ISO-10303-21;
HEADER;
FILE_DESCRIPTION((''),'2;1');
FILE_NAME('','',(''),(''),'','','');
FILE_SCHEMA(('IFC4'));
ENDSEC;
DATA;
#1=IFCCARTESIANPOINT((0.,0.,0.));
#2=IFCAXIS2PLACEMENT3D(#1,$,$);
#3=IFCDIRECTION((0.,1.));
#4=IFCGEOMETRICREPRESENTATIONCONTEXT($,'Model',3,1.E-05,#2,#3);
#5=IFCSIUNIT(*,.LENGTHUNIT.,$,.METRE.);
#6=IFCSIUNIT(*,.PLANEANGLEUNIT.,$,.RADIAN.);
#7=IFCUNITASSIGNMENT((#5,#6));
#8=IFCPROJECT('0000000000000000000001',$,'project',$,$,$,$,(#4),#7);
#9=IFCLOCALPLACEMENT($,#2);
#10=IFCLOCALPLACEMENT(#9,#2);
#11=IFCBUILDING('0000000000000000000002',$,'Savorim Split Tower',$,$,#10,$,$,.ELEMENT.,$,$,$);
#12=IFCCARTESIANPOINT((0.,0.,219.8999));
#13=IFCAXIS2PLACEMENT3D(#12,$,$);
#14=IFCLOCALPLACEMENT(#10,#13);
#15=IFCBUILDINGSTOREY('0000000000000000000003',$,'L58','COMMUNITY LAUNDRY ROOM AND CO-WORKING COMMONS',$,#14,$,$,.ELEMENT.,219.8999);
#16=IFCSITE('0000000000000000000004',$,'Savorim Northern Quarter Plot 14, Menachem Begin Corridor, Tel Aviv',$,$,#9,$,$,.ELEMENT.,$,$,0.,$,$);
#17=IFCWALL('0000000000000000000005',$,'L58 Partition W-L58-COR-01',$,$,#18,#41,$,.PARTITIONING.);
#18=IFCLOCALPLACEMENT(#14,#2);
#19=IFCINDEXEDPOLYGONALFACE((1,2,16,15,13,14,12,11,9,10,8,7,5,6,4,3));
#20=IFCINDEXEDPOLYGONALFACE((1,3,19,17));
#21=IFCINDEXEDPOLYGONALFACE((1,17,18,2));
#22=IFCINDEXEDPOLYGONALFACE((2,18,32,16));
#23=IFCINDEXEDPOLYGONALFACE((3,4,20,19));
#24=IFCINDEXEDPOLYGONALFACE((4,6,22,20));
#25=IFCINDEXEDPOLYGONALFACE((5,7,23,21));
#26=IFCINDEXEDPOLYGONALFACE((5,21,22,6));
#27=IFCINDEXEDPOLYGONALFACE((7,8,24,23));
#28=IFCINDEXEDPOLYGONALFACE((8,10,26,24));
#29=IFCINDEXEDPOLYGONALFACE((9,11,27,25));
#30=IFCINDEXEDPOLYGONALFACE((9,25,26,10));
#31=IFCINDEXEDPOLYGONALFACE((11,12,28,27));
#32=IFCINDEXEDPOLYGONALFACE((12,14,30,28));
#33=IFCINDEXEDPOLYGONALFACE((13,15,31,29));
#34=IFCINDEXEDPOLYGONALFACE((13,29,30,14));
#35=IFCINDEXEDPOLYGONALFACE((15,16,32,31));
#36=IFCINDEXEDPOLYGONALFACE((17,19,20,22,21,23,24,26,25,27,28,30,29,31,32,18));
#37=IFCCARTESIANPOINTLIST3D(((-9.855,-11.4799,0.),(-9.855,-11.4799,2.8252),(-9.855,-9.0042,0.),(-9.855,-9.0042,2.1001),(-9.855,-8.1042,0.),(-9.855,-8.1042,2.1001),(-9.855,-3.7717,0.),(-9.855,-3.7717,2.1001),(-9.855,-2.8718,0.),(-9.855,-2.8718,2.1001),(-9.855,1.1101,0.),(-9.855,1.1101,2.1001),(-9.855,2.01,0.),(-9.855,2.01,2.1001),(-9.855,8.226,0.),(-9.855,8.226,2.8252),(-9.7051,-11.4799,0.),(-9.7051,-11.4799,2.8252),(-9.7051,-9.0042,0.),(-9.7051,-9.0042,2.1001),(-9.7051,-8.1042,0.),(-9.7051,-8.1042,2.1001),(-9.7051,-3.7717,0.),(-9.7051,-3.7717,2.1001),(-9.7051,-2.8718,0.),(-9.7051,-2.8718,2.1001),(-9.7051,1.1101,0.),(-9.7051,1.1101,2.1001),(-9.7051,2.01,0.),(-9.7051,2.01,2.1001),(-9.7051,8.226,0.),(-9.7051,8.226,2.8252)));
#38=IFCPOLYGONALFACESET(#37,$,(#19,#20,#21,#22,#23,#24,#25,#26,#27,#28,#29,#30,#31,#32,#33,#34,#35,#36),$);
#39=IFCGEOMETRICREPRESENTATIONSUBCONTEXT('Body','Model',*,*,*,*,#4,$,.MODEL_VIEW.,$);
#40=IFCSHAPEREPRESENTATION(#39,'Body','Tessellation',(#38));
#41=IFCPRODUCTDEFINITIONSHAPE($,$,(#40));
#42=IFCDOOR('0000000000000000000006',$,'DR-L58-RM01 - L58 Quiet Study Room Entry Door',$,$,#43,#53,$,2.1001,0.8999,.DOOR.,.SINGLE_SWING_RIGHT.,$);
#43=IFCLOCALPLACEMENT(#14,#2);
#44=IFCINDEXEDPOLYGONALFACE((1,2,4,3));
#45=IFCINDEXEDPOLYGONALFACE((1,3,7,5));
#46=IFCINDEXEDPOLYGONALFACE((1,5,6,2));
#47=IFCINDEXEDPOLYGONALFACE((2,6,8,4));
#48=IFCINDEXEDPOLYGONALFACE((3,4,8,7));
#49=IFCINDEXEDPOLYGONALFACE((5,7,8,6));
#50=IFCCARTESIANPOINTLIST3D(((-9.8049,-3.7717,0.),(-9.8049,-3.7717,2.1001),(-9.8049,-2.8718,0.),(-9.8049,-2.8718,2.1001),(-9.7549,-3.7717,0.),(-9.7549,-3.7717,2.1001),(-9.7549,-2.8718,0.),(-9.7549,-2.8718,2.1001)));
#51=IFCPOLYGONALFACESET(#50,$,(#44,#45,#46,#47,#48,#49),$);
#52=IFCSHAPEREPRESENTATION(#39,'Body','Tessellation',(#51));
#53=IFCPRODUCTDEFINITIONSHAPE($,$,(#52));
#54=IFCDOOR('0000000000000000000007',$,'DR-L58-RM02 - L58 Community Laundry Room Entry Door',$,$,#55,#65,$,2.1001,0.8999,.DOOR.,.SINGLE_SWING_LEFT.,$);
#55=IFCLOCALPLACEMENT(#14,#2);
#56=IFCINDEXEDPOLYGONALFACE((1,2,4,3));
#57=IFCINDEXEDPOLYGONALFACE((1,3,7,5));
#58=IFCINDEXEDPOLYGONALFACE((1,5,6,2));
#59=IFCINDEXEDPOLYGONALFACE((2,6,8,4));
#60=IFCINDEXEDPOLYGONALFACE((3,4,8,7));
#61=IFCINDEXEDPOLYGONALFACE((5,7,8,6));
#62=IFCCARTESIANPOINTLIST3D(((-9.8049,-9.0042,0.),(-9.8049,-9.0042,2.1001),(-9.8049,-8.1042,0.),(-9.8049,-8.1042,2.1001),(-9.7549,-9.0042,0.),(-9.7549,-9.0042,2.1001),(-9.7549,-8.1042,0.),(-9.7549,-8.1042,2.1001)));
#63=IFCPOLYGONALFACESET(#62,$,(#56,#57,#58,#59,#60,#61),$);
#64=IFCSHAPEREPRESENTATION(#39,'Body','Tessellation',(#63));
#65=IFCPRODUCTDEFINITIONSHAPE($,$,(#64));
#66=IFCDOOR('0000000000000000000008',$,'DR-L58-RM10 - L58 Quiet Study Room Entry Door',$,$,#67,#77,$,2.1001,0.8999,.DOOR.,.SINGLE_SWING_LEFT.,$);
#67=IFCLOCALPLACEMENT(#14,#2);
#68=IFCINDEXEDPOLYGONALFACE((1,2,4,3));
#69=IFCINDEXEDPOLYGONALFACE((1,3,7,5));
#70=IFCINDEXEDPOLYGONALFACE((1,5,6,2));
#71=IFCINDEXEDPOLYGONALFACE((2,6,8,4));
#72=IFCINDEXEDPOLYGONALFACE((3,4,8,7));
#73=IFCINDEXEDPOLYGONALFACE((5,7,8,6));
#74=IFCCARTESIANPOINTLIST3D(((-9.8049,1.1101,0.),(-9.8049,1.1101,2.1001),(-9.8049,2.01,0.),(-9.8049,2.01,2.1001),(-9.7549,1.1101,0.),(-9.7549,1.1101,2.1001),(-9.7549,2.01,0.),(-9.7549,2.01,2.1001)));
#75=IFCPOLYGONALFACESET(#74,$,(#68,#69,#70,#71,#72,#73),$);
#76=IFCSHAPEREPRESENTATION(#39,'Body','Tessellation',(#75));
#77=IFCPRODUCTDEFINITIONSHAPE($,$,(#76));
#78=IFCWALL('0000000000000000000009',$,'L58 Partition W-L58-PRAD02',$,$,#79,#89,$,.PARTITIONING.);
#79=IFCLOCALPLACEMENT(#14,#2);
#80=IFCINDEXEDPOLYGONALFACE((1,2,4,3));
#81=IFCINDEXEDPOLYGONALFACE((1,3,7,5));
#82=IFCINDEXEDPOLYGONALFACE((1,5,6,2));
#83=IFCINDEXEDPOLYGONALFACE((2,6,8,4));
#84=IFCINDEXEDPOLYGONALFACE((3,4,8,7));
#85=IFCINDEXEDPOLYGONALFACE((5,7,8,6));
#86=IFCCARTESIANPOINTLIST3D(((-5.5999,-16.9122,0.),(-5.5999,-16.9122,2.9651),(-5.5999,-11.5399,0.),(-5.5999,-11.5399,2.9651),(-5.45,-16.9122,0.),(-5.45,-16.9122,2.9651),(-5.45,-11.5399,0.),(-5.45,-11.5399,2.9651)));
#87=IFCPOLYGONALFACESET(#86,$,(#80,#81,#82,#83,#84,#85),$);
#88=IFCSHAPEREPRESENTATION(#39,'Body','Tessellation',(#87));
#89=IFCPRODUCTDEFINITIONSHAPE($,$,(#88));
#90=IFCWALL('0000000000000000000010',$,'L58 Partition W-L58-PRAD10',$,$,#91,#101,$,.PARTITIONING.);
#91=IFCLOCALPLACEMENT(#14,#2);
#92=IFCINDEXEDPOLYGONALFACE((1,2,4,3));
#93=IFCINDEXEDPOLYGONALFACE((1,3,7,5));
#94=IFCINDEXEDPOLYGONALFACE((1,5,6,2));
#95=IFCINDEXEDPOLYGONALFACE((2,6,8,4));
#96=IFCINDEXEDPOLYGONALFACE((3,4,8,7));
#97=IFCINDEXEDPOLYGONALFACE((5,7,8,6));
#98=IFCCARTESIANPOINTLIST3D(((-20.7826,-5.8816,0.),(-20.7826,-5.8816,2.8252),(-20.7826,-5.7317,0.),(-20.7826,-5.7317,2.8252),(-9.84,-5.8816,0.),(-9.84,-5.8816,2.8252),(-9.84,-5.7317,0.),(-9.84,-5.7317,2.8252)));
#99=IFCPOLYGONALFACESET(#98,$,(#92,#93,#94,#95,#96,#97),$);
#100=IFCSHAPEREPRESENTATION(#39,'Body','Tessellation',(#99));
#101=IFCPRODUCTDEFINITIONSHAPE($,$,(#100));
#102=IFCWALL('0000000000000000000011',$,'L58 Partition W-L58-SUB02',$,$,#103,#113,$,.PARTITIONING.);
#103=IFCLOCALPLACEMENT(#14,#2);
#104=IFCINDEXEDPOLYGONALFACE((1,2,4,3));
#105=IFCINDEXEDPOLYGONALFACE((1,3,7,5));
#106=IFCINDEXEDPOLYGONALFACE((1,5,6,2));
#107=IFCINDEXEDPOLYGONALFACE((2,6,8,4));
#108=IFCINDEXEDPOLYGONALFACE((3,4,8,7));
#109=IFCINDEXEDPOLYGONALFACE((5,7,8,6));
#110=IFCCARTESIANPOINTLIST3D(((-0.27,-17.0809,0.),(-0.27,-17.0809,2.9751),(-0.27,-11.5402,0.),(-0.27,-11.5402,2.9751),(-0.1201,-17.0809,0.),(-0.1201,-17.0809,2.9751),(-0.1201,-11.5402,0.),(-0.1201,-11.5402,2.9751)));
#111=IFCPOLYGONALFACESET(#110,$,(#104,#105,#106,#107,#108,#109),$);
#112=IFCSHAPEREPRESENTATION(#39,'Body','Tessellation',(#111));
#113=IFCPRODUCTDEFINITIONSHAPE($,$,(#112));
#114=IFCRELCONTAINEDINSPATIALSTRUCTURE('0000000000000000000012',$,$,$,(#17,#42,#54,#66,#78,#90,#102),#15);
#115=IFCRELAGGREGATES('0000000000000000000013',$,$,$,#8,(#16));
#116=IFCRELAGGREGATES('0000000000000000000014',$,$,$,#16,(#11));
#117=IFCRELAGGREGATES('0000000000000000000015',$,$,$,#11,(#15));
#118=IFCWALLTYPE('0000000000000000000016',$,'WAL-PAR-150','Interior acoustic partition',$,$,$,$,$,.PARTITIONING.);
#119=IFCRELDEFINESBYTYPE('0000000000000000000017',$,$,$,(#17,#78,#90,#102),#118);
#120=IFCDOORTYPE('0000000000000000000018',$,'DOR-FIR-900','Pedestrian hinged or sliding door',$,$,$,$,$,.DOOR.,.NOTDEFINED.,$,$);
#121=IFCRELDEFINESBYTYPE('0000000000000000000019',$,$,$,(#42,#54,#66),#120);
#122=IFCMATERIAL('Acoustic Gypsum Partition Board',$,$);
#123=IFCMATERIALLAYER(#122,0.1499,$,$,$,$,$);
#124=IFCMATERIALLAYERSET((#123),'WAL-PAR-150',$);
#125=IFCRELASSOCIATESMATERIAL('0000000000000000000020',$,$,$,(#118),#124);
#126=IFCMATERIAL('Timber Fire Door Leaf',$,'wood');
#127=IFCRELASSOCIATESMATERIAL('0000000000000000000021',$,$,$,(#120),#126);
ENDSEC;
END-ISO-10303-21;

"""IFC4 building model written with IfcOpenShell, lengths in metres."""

from ifc_helpers import new_model, si_unit, direction, frame, frame_2d, origin, place, context, subcontext, project, spatial, rectangle, extrude, material, layer, layer_set, type_object, element, fill, save


model = new_model("IFC4")

# Units and contexts
model_context = context("Model", 3, precision=1e-05, world=origin(), true_north=direction((0.0, 1.0)))
body_context = subcontext(model_context, "Body", "Model", "MODEL_VIEW")
ifc_project = project(units=[si_unit("LENGTHUNIT", "METRE"), si_unit("PLANEANGLEUNIT", "RADIAN")], contexts=[model_context])

# Site, building, storey
site_placement = place(None, origin())
site = spatial("IfcSite", under=ifc_project, at=site_placement, Name="Savorim Northern Quarter Plot 14, Menachem Begin Corridor, Tel Aviv", CompositionType="ELEMENT", RefElevation=0.0)
building_placement = place(site_placement, origin())
building = spatial("IfcBuilding", under=site, at=building_placement, Name="Savorim Split Tower", CompositionType="ELEMENT")
storey_placement = place(building_placement, frame((0.0, 0.0, 219.8999)))
storey = spatial("IfcBuildingStorey", under=building, at=storey_placement, Name="L58", Description="COMMUNITY LAUNDRY ROOM AND CO-WORKING COMMONS", CompositionType="ELEMENT", Elevation=219.8999)

# Shared definitions
ifc_material_1 = material(Name="Timber Fire Door Leaf", Category="wood")

# Shared definitions
ifc_material_2 = material(Name="Acoustic Gypsum Partition Board")
ifc_layer_1 = layer(ifc_material_2, 0.1499)
ifc_layer_set_1 = layer_set([ifc_layer_1], Name="WAL-PAR-150")
wall_type_1 = type_object("IfcWallType", Name="WAL-PAR-150", Description="Interior acoustic partition", PredefinedType="PARTITIONING", material=ifc_layer_set_1)

# Wall, openings, doors
wall_1_placement = place(storey_placement, frame((-9.78, -11.48, 0.0), z_axis=(0.0, 0.0, 1.0), x_axis=(0.0, 1.0, 0.0)))
wall_1 = element("IfcWall", 1, at=wall_1_placement, inside=storey, type_object=wall_type_1, Name="L58 Partition W-L58-COR-01", PredefinedType="PARTITIONING", context=body_context, shape_type="SweptSolid", body=[
    extrude(rectangle(XDim=19.7058, YDim=0.1499, at=frame_2d((9.853, 0.0))), origin(), (0.0, 0.0, 1.0), 2.8252),
])
opening_1_placement = place(wall_1_placement, frame((7.7083, 0.0, 0.0)))
opening_1 = element("IfcOpeningElement", 2, at=opening_1_placement, cuts=wall_1, PredefinedType="OPENING", context=body_context, shape_type="SweptSolid", body=[
    extrude(rectangle(XDim=0.8999, YDim=2.1001, at=frame_2d((0.45, 1.05))), frame((0.0, 0.085, 0.0), z_axis=(0.0, -1.0, 0.0), x_axis=(1.0, 0.0, 0.0)), (0.0, 0.0, 1.0), 0.1699),
])
opening_2_placement = place(wall_1_placement, frame((2.4758, 0.0, 0.0)))
opening_2 = element("IfcOpeningElement", 3, at=opening_2_placement, cuts=wall_1, PredefinedType="OPENING", context=body_context, shape_type="SweptSolid", body=[
    extrude(rectangle(XDim=0.8999, YDim=2.1001, at=frame_2d((0.45, 1.05))), frame((0.0, 0.085, 0.0), z_axis=(0.0, -1.0, 0.0), x_axis=(1.0, 0.0, 0.0)), (0.0, 0.0, 1.0), 0.1699),
])
opening_3_placement = place(wall_1_placement, frame((12.5901, 0.0, 0.0)))
opening_3 = element("IfcOpeningElement", 4, at=opening_3_placement, cuts=wall_1, PredefinedType="OPENING", context=body_context, shape_type="SweptSolid", body=[
    extrude(rectangle(XDim=0.8999, YDim=2.1001, at=frame_2d((0.45, 1.05))), frame((0.0, 0.085, 0.0), z_axis=(0.0, -1.0, 0.0), x_axis=(1.0, 0.0, 0.0)), (0.0, 0.0, 1.0), 0.1699),
])
door_type_1 = type_object("IfcDoorType", Name="DOR-FIR-900", Description="Pedestrian hinged or sliding door", OperationType="NOTDEFINED", PredefinedType="DOOR", material=ifc_material_1)
door_1_placement = place(opening_1_placement, origin())
door_1 = element("IfcDoor", 5, at=door_1_placement, inside=storey, type_object=door_type_1, Name="DR-L58-RM01 - L58 Quiet Study Room Entry Door", OperationType="SINGLE_SWING_RIGHT", OverallHeight=2.1001, OverallWidth=0.8999, PredefinedType="DOOR", context=body_context, shape_type="SweptSolid", body=[
    extrude(rectangle(XDim=0.8999, YDim=2.1001, at=frame_2d((0.45, 1.05))), frame((0.0, 0.0249, 0.0), z_axis=(0.0, -1.0, 0.0), x_axis=(1.0, 0.0, 0.0)), (0.0, 0.0, 1.0), 0.05),
])
fill(opening_1, door_1)
door_2_placement = place(opening_2_placement, origin())
door_2 = element("IfcDoor", 6, at=door_2_placement, inside=storey, type_object=door_type_1, Name="DR-L58-RM02 - L58 Community Laundry Room Entry Door", OperationType="SINGLE_SWING_LEFT", OverallHeight=2.1001, OverallWidth=0.8999, PredefinedType="DOOR", context=body_context, shape_type="SweptSolid", body=[
    extrude(rectangle(XDim=0.8999, YDim=2.1001, at=frame_2d((0.45, 1.05))), frame((0.0, 0.0249, 0.0), z_axis=(0.0, -1.0, 0.0), x_axis=(1.0, 0.0, 0.0)), (0.0, 0.0, 1.0), 0.05),
])
fill(opening_2, door_2)
door_3_placement = place(opening_3_placement, origin())
door_3 = element("IfcDoor", 7, at=door_3_placement, inside=storey, type_object=door_type_1, Name="DR-L58-RM10 - L58 Quiet Study Room Entry Door", OperationType="SINGLE_SWING_LEFT", OverallHeight=2.1001, OverallWidth=0.8999, PredefinedType="DOOR", context=body_context, shape_type="SweptSolid", body=[
    extrude(rectangle(XDim=0.8999, YDim=2.1001, at=frame_2d((0.45, 1.05))), frame((0.0, 0.0249, 0.0), z_axis=(0.0, -1.0, 0.0), x_axis=(1.0, 0.0, 0.0)), (0.0, 0.0, 1.0), 0.05),
])
fill(opening_3, door_3)

# Walls
wall_2_placement = place(storey_placement, frame((-5.5249, -11.54, 0.0), z_axis=(0.0, 0.0, 1.0), x_axis=(0.0, -1.0, 0.0)))
element("IfcWall", 8, at=wall_2_placement, inside=storey, type_object=wall_type_1, Name="L58 Partition W-L58-PRAD02", PredefinedType="PARTITIONING", context=body_context, shape_type="SweptSolid", body=[
    extrude(rectangle(XDim=5.3723, YDim=0.1499, at=frame_2d((2.686, 0.0))), origin(), (0.0, 0.0, 1.0), 2.9651),
])
wall_3_placement = place(storey_placement, frame((-9.8401, -5.8066, 0.0), z_axis=(0.0, 0.0, 1.0), x_axis=(-1.0, 0.0, 0.0)))
element("IfcWall", 9, at=wall_3_placement, inside=storey, type_object=wall_type_1, Name="L58 Partition W-L58-PRAD10", PredefinedType="PARTITIONING", context=body_context, shape_type="SweptSolid", body=[
    extrude(rectangle(XDim=10.9426, YDim=0.1499, at=frame_2d((5.4712, 0.0))), origin(), (0.0, 0.0, 1.0), 2.8252),
])
wall_4_placement = place(storey_placement, frame((-0.1951, -11.54, 0.0), z_axis=(0.0, 0.0, 1.0), x_axis=(0.0, -1.0, 0.0)))
element("IfcWall", 10, at=wall_4_placement, inside=storey, type_object=wall_type_1, Name="L58 Partition W-L58-SUB02", PredefinedType="PARTITIONING", context=body_context, shape_type="SweptSolid", body=[
    extrude(rectangle(XDim=5.5408, YDim=0.1499, at=frame_2d((2.7705, 0.0))), origin(), (0.0, 0.0, 1.0), 2.9751),
])

save(model, "model.ifc")
